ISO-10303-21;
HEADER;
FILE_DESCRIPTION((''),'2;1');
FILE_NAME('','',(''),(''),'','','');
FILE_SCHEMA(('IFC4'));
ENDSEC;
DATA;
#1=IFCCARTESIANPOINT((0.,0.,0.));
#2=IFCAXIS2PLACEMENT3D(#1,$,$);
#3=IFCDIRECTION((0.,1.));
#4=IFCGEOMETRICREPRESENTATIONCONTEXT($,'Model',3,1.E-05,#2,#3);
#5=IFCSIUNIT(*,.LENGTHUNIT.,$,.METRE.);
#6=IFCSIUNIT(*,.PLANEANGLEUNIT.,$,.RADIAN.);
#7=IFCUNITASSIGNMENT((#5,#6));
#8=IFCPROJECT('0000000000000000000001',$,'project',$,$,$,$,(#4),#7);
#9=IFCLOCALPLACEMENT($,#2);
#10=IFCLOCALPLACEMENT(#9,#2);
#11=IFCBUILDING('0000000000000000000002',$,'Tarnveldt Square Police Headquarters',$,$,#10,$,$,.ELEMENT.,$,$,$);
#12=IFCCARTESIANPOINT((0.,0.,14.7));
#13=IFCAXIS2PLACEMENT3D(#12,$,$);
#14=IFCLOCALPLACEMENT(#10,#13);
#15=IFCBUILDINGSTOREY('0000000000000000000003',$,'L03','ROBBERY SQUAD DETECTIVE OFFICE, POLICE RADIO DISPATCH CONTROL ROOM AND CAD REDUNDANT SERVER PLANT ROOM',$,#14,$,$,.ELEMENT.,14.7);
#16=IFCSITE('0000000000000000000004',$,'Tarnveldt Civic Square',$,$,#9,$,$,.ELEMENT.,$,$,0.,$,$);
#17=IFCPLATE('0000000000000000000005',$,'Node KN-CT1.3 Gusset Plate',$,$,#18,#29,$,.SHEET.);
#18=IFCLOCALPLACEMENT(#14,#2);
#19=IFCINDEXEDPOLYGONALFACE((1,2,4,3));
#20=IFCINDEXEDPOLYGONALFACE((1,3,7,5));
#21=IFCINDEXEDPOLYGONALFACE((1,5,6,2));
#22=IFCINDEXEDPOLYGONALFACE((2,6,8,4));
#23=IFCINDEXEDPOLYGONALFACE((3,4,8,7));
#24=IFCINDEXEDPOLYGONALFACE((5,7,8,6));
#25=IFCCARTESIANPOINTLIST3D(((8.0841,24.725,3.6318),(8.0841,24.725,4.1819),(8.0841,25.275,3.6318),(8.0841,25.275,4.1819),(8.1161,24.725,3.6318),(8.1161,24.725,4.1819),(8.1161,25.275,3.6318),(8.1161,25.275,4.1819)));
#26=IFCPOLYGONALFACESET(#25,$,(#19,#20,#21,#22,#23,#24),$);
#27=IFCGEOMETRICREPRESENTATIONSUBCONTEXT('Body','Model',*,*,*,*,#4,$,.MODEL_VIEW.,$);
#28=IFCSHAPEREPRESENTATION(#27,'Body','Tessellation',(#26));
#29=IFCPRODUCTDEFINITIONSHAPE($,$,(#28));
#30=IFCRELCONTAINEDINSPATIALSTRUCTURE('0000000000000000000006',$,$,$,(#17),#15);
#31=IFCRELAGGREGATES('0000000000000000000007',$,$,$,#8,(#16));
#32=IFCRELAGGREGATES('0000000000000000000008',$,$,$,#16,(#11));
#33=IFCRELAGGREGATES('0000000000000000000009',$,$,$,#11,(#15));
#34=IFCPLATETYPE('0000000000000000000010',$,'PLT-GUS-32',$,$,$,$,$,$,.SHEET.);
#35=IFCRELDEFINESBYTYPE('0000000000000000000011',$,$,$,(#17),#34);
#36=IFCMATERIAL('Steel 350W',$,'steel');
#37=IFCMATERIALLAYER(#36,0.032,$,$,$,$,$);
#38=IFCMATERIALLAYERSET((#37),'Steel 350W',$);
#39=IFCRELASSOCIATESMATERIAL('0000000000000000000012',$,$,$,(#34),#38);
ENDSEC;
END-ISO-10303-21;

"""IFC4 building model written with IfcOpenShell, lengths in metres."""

from ifc_helpers import new_model, si_unit, direction, frame, origin, origin_2d, place, context, subcontext, project, spatial, rectangle, extrude, material, layer, layer_set, type_object, element, save


model = new_model("IFC4")

# Units and contexts
model_context = context("Model", 3, precision=1e-05, world=origin(), true_north=direction((0.0, 1.0)))
body_context = subcontext(model_context, "Body", "Model", "MODEL_VIEW")
ifc_project = project(units=[si_unit("LENGTHUNIT", "METRE"), si_unit("PLANEANGLEUNIT", "RADIAN")], contexts=[model_context])

# Site, building, storey
site_placement = place(None, origin())
site = spatial("IfcSite", under=ifc_project, at=site_placement, Name="Tarnveldt Civic Square", CompositionType="ELEMENT", RefElevation=0.0)
building_placement = place(site_placement, origin())
building = spatial("IfcBuilding", under=site, at=building_placement, Name="Tarnveldt Square Police Headquarters", CompositionType="ELEMENT")
storey_placement = place(building_placement, frame((0.0, 0.0, 14.7)))
storey = spatial("IfcBuildingStorey", under=building, at=storey_placement, Name="L03", Description="ROBBERY SQUAD DETECTIVE OFFICE, POLICE RADIO DISPATCH CONTROL ROOM AND CAD REDUNDANT SERVER PLANT ROOM", CompositionType="ELEMENT", Elevation=14.7)

# Shared definitions
ifc_material_1 = material(Name="Steel 350W", Category="steel")

# Plate
ifc_layer_1 = layer(ifc_material_1, 0.032)
ifc_layer_set_1 = layer_set([ifc_layer_1], Name="Steel 350W")
plate_type_1 = type_object("IfcPlateType", Name="PLT-GUS-32", PredefinedType="SHEET", material=ifc_layer_set_1)
plate_1_placement = place(storey_placement, frame((8.1001, 25.0, 3.6318), z_axis=(0.0, 0.0, 1.0), x_axis=(1.0, 0.0, 0.0)))
element("IfcPlate", 1, at=plate_1_placement, inside=storey, type_object=plate_type_1, Name="Node KN-CT1.3 Gusset Plate", PredefinedType="SHEET", context=body_context, shape_type="SweptSolid", body=[
    extrude(rectangle(XDim=0.032, YDim=0.55, at=origin_2d()), origin(), (0.0, 0.0, 1.0), 0.55),
])

save(model, "model.ifc")
